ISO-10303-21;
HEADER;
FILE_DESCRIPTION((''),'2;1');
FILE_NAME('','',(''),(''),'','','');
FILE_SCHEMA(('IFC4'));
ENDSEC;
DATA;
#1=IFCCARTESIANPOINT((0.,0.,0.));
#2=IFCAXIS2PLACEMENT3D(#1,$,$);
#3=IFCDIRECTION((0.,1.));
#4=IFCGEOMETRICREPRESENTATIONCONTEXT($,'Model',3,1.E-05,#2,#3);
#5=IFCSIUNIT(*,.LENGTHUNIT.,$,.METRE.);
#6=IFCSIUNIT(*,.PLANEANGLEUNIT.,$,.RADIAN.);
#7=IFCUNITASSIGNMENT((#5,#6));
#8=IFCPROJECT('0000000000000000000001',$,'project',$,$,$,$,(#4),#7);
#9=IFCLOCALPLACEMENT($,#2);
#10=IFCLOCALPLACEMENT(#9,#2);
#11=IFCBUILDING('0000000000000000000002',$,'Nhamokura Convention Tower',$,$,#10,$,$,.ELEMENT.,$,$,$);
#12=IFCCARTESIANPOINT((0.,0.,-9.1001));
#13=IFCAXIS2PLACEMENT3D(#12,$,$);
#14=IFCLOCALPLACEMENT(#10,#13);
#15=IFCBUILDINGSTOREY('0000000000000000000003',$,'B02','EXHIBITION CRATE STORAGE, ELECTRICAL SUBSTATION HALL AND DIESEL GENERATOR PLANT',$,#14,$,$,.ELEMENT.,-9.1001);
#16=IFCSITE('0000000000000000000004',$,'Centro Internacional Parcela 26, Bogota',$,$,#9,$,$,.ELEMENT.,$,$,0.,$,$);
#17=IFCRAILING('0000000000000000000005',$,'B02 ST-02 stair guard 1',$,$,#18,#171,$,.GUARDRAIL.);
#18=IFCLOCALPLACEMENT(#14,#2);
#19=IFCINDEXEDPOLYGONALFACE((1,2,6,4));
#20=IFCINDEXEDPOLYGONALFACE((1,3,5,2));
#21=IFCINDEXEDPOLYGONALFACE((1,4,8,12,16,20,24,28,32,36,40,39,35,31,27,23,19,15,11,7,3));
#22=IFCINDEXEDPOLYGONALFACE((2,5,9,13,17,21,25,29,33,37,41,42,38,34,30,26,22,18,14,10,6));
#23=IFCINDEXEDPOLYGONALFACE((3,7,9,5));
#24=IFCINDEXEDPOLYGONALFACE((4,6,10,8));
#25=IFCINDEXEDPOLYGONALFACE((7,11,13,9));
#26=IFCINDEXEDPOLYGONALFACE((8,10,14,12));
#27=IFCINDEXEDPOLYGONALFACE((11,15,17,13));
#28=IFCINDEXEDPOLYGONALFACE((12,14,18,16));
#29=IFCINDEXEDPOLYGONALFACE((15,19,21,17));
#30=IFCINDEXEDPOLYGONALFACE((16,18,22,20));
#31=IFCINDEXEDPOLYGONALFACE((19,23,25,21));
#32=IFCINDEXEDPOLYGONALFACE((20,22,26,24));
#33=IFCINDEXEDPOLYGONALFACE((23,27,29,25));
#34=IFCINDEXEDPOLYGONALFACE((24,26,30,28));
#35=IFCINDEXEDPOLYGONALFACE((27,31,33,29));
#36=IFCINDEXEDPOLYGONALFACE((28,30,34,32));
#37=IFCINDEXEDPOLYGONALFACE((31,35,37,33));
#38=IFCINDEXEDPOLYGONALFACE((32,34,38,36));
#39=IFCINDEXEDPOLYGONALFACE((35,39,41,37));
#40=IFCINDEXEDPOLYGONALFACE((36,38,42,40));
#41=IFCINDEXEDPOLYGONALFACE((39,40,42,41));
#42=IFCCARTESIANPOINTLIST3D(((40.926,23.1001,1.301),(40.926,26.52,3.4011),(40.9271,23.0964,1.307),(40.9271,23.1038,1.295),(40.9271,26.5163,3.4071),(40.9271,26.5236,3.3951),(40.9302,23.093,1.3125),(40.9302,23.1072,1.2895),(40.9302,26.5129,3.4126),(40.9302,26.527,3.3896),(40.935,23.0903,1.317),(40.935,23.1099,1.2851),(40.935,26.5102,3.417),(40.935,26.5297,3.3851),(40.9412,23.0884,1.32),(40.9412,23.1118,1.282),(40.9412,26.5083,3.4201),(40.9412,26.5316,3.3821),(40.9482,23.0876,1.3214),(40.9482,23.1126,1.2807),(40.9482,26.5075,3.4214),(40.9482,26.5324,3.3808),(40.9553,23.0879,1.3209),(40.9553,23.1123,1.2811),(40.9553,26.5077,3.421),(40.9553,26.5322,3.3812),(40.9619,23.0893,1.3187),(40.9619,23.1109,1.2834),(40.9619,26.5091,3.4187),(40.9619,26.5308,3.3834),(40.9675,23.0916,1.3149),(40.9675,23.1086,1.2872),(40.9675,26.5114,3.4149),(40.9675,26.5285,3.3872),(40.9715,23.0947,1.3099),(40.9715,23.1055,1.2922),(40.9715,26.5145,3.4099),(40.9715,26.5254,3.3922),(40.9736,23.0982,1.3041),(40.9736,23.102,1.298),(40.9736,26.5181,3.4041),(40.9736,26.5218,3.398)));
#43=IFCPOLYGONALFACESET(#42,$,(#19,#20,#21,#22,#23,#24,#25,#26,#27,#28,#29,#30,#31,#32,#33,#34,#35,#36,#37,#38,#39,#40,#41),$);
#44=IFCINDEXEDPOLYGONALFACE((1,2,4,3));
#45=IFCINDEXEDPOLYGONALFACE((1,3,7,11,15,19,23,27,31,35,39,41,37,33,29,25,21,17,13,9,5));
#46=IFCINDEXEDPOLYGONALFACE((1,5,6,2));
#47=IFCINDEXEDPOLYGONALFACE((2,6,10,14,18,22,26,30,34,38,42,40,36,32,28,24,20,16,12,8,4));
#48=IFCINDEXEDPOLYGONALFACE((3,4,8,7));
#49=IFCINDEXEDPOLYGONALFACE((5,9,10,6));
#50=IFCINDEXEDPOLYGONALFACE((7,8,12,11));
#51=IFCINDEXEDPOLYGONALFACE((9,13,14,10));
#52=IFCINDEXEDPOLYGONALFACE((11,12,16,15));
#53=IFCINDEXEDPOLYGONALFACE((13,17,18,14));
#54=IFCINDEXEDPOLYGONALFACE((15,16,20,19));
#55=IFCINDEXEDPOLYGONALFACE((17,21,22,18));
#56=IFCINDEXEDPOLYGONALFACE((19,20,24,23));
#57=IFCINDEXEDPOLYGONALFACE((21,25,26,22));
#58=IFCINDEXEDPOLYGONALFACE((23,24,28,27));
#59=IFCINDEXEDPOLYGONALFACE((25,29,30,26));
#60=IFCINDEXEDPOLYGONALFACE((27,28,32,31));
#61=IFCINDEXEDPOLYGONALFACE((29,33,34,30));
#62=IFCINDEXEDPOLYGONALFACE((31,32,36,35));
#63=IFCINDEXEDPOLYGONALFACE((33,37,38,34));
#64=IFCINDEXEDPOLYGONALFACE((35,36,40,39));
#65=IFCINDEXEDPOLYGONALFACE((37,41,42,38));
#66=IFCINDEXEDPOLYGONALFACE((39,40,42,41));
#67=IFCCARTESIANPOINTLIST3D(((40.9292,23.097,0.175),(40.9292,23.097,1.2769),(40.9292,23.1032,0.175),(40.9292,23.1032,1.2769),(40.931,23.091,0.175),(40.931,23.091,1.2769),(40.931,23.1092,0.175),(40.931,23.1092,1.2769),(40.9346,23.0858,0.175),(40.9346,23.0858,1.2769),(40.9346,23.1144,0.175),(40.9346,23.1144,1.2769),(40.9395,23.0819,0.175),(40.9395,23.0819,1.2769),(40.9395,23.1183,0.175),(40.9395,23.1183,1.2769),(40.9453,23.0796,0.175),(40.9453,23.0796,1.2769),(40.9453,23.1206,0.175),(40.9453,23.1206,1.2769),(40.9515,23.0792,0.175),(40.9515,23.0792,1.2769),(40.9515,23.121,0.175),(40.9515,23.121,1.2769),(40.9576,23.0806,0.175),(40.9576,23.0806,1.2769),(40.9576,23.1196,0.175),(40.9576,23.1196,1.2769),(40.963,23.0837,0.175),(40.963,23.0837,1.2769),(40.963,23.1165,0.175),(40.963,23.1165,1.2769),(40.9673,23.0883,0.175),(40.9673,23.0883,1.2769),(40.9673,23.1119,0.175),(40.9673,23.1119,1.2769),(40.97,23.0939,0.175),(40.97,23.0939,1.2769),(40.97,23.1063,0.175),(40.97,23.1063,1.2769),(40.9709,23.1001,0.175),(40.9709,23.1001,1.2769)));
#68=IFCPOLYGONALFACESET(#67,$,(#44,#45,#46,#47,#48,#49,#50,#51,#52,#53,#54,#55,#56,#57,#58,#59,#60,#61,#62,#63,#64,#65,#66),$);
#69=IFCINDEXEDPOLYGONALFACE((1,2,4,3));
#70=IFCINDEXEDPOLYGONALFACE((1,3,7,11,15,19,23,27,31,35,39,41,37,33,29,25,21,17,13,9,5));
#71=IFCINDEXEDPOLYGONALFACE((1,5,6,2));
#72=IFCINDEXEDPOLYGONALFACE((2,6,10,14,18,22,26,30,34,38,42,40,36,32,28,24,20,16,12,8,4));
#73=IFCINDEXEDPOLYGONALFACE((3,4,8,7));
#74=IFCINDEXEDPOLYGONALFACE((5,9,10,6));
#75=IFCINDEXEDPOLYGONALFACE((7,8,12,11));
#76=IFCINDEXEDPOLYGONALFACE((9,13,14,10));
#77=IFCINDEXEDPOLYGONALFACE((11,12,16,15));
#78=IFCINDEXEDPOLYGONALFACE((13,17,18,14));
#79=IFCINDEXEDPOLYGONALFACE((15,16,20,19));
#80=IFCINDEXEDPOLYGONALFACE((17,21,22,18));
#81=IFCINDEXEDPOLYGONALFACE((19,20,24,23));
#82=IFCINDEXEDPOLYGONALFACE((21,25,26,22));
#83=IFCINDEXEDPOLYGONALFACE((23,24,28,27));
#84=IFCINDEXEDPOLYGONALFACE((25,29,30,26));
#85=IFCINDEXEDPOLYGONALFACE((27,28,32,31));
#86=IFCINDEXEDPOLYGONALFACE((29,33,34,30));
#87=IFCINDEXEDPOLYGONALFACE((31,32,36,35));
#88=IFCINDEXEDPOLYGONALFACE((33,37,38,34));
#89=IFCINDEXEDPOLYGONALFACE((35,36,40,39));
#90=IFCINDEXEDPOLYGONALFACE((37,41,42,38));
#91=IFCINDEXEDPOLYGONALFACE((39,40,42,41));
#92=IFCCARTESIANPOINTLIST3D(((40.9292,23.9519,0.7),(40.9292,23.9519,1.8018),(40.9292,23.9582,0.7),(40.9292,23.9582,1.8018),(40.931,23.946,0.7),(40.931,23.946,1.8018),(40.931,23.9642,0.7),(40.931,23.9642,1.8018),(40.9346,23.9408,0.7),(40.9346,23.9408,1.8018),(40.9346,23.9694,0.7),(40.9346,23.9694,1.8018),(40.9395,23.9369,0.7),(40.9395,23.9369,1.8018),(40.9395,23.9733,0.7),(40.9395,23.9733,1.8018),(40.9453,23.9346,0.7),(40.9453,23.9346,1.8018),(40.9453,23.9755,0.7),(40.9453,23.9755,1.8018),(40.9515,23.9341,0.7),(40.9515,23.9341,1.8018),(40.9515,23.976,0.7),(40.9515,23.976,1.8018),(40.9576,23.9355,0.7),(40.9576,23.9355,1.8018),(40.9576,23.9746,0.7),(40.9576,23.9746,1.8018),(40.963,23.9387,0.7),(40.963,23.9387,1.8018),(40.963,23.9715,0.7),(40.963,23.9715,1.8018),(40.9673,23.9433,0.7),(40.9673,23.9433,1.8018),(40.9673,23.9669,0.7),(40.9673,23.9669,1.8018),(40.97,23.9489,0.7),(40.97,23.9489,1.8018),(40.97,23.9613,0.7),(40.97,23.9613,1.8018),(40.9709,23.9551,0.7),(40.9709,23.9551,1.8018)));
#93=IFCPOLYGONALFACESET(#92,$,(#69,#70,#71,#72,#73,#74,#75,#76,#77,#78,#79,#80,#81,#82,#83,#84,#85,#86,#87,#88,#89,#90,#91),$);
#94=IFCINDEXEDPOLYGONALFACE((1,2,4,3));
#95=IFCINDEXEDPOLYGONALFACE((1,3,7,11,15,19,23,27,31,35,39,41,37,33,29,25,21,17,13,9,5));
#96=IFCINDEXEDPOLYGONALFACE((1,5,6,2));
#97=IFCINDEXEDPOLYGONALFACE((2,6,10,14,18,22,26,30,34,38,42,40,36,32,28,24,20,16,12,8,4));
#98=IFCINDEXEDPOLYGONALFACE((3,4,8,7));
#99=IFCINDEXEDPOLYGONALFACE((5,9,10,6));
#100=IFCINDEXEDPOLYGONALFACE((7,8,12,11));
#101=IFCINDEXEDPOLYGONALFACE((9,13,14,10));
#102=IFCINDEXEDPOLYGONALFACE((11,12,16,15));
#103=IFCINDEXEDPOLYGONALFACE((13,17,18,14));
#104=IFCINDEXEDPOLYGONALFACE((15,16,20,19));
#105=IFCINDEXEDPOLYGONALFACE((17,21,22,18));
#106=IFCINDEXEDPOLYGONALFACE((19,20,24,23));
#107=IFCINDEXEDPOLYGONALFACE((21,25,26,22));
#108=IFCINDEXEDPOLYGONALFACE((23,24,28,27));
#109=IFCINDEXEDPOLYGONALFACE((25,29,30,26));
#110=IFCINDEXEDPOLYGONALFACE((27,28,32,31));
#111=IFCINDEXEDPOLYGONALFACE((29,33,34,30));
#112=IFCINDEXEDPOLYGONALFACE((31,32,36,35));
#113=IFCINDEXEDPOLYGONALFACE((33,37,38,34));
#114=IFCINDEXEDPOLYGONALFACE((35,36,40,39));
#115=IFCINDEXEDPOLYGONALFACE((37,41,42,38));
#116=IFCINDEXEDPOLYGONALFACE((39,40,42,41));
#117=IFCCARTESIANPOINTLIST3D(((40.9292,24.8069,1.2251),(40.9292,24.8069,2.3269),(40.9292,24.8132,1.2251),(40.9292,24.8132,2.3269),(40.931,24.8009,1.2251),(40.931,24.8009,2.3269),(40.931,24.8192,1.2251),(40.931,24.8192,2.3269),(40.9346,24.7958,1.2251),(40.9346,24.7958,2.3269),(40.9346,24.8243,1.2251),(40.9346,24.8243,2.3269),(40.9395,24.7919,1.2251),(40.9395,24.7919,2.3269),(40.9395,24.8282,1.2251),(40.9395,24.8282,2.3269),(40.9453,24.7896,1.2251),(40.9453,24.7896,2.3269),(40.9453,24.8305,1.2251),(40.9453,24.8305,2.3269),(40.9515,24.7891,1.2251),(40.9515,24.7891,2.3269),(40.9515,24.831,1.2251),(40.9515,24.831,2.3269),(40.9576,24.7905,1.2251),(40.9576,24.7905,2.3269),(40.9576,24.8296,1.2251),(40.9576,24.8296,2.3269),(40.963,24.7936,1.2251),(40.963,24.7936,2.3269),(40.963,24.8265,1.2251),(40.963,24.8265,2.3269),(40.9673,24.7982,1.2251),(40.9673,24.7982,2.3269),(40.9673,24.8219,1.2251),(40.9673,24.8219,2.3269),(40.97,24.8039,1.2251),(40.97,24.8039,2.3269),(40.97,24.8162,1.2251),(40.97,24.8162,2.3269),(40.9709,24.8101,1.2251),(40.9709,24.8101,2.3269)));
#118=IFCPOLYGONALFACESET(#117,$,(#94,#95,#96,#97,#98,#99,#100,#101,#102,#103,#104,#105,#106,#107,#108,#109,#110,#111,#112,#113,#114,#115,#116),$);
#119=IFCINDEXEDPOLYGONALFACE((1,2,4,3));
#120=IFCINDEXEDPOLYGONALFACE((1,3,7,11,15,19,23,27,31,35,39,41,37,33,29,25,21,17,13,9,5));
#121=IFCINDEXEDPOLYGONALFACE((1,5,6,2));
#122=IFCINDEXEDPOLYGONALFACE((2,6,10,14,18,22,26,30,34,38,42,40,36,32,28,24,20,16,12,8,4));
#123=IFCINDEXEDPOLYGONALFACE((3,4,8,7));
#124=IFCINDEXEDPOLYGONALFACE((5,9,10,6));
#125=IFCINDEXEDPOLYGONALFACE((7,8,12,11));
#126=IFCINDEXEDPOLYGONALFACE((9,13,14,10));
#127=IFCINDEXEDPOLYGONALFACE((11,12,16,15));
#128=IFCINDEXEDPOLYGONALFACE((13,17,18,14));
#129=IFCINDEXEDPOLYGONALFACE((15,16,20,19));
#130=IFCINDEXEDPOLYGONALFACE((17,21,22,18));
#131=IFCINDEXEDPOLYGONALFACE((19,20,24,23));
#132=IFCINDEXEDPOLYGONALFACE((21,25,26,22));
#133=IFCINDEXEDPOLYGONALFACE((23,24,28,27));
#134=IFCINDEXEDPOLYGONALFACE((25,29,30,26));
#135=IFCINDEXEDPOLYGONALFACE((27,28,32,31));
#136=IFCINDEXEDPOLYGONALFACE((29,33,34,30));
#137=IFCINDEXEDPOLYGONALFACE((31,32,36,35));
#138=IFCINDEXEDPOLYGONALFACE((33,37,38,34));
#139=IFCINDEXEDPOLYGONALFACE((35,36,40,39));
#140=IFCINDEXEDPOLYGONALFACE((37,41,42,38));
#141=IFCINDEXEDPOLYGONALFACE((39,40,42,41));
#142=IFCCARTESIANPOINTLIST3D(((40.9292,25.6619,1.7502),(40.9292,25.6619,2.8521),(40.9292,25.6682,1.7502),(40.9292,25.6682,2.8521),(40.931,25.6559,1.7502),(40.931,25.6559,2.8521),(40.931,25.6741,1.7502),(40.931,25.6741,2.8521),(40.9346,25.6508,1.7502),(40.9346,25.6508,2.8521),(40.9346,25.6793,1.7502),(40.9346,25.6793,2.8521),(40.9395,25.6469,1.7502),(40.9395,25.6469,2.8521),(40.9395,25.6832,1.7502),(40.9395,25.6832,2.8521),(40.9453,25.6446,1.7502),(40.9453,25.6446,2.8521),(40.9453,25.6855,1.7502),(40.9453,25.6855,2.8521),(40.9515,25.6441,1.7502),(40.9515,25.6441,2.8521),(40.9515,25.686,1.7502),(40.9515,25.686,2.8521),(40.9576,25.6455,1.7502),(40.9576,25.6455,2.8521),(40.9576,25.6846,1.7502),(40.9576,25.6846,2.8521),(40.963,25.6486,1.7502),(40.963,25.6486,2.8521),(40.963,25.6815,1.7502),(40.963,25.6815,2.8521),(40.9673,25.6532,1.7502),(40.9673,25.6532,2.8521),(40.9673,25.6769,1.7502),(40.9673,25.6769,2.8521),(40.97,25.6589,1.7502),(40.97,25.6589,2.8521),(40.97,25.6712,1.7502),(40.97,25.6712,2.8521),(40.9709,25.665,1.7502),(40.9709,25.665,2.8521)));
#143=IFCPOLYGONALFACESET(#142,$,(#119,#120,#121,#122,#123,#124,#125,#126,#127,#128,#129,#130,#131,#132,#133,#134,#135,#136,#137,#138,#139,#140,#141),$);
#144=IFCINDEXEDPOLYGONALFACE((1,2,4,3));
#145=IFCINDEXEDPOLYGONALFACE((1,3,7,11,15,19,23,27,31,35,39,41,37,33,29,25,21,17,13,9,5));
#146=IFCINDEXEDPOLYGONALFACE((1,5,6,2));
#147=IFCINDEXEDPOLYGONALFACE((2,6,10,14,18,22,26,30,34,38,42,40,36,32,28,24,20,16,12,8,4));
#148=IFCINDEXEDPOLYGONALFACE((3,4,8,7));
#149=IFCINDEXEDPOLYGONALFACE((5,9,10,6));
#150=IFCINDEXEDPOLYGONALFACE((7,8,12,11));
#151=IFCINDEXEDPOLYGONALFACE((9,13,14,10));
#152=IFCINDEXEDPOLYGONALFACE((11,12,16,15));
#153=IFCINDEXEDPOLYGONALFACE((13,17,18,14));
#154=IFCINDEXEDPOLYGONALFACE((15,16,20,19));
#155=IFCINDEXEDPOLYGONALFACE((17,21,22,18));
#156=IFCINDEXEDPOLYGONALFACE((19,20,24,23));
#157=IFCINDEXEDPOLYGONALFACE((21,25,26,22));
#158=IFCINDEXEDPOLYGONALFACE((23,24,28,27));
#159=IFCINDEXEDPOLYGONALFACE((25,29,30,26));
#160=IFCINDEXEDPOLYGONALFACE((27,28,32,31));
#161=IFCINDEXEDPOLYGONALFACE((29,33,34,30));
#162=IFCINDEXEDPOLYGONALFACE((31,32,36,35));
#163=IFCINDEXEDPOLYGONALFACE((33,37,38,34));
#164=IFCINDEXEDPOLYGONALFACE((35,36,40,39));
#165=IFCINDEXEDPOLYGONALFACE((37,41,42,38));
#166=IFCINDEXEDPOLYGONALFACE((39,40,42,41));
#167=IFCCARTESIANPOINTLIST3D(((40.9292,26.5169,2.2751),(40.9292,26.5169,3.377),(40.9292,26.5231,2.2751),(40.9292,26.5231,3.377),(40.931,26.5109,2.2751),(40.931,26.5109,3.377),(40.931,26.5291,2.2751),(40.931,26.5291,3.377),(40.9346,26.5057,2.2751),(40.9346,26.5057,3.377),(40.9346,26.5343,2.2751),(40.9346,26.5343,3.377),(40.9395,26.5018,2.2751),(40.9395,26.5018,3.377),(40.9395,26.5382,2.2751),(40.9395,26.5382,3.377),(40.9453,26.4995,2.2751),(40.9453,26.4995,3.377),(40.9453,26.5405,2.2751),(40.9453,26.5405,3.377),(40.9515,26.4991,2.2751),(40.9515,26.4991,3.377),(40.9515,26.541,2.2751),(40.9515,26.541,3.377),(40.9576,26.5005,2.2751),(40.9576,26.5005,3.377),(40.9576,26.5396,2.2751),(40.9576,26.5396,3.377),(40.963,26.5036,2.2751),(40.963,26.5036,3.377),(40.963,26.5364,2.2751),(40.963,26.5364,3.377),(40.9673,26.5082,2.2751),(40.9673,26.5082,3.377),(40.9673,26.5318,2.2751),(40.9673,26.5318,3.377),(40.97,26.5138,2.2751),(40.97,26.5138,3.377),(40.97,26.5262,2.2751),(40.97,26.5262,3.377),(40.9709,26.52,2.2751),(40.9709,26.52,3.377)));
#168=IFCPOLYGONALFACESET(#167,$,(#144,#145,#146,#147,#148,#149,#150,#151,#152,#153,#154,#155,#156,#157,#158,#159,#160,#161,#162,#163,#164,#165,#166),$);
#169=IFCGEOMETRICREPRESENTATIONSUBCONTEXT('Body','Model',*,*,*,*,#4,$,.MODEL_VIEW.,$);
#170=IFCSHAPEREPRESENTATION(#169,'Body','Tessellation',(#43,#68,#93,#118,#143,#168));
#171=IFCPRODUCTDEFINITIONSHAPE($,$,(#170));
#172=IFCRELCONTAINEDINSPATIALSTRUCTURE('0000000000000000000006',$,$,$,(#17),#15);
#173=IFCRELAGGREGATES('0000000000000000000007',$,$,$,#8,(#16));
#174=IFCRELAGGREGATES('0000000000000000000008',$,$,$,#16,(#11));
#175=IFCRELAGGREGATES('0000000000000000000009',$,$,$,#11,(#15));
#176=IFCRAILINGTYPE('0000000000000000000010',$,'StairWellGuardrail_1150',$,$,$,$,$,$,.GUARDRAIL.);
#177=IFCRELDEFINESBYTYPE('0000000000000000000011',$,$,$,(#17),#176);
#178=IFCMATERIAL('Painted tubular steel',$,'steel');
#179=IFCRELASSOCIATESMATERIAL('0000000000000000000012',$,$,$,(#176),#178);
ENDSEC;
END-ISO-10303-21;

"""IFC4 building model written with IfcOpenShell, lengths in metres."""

from ifc_helpers import new_model, si_unit, direction, frame, origin, origin_2d, place, context, subcontext, project, spatial, circle, extrude, material, type_object, element, save


model = new_model("IFC4")

# Units and contexts
model_context = context("Model", 3, precision=1e-05, world=origin(), true_north=direction((0.0, 1.0)))
body_context = subcontext(model_context, "Body", "Model", "MODEL_VIEW")
ifc_project = project(units=[si_unit("LENGTHUNIT", "METRE"), si_unit("PLANEANGLEUNIT", "RADIAN")], contexts=[model_context])

# Site, building, storey
site_placement = place(None, origin())
site = spatial("IfcSite", under=ifc_project, at=site_placement, Name="Centro Internacional Parcela 26, Bogota", CompositionType="ELEMENT", RefElevation=0.0)
building_placement = place(site_placement, origin())
building = spatial("IfcBuilding", under=site, at=building_placement, Name="Nhamokura Convention Tower", CompositionType="ELEMENT")
storey_placement = place(building_placement, frame((0.0, 0.0, -9.1001)))
storey = spatial("IfcBuildingStorey", under=building, at=storey_placement, Name="B02", Description="EXHIBITION CRATE STORAGE, ELECTRICAL SUBSTATION HALL AND DIESEL GENERATOR PLANT", CompositionType="ELEMENT", Elevation=-9.1001)

# Railing
ifc_material_1 = material(Name="Painted tubular steel", Category="steel")
railing_type_1 = type_object("IfcRailingType", Name="StairWellGuardrail_1150", PredefinedType="GUARDRAIL", material=ifc_material_1)
railing_1_placement = place(storey_placement, frame((40.95, 23.1001, 0.175)))
element("IfcRailing", 1, at=railing_1_placement, inside=storey, type_object=railing_type_1, Name="B02 ST-02 stair guard 1", PredefinedType="GUARDRAIL", context=body_context, shape_type="SweptSolid", body=[
    extrude(circle(Radius=0.0239, at=origin_2d()), frame((0.0, 0.0, 1.126), z_axis=(0.0, 0.852155, 0.523289), x_axis=(-1.0, 0.0, 0.0)), (0.0, 0.0, 1.0), 4.0132),
    extrude(circle(Radius=0.021, at=origin_2d()), origin(), (0.0, 0.0, 1.0), 1.1018),
    extrude(circle(Radius=0.021, at=origin_2d()), frame((0.0, 0.855, 0.5249)), (0.0, 0.0, 1.0), 1.1018),
    extrude(circle(Radius=0.021, at=origin_2d()), frame((0.0, 1.71, 1.05)), (0.0, 0.0, 1.0), 1.1018),
    extrude(circle(Radius=0.021, at=origin_2d()), frame((0.0, 2.5649, 1.5752)), (0.0, 0.0, 1.0), 1.1018),
    extrude(circle(Radius=0.021, at=origin_2d()), frame((0.0, 3.4199, 2.1001)), (0.0, 0.0, 1.0), 1.1018),
])

save(model, "model.ifc")
